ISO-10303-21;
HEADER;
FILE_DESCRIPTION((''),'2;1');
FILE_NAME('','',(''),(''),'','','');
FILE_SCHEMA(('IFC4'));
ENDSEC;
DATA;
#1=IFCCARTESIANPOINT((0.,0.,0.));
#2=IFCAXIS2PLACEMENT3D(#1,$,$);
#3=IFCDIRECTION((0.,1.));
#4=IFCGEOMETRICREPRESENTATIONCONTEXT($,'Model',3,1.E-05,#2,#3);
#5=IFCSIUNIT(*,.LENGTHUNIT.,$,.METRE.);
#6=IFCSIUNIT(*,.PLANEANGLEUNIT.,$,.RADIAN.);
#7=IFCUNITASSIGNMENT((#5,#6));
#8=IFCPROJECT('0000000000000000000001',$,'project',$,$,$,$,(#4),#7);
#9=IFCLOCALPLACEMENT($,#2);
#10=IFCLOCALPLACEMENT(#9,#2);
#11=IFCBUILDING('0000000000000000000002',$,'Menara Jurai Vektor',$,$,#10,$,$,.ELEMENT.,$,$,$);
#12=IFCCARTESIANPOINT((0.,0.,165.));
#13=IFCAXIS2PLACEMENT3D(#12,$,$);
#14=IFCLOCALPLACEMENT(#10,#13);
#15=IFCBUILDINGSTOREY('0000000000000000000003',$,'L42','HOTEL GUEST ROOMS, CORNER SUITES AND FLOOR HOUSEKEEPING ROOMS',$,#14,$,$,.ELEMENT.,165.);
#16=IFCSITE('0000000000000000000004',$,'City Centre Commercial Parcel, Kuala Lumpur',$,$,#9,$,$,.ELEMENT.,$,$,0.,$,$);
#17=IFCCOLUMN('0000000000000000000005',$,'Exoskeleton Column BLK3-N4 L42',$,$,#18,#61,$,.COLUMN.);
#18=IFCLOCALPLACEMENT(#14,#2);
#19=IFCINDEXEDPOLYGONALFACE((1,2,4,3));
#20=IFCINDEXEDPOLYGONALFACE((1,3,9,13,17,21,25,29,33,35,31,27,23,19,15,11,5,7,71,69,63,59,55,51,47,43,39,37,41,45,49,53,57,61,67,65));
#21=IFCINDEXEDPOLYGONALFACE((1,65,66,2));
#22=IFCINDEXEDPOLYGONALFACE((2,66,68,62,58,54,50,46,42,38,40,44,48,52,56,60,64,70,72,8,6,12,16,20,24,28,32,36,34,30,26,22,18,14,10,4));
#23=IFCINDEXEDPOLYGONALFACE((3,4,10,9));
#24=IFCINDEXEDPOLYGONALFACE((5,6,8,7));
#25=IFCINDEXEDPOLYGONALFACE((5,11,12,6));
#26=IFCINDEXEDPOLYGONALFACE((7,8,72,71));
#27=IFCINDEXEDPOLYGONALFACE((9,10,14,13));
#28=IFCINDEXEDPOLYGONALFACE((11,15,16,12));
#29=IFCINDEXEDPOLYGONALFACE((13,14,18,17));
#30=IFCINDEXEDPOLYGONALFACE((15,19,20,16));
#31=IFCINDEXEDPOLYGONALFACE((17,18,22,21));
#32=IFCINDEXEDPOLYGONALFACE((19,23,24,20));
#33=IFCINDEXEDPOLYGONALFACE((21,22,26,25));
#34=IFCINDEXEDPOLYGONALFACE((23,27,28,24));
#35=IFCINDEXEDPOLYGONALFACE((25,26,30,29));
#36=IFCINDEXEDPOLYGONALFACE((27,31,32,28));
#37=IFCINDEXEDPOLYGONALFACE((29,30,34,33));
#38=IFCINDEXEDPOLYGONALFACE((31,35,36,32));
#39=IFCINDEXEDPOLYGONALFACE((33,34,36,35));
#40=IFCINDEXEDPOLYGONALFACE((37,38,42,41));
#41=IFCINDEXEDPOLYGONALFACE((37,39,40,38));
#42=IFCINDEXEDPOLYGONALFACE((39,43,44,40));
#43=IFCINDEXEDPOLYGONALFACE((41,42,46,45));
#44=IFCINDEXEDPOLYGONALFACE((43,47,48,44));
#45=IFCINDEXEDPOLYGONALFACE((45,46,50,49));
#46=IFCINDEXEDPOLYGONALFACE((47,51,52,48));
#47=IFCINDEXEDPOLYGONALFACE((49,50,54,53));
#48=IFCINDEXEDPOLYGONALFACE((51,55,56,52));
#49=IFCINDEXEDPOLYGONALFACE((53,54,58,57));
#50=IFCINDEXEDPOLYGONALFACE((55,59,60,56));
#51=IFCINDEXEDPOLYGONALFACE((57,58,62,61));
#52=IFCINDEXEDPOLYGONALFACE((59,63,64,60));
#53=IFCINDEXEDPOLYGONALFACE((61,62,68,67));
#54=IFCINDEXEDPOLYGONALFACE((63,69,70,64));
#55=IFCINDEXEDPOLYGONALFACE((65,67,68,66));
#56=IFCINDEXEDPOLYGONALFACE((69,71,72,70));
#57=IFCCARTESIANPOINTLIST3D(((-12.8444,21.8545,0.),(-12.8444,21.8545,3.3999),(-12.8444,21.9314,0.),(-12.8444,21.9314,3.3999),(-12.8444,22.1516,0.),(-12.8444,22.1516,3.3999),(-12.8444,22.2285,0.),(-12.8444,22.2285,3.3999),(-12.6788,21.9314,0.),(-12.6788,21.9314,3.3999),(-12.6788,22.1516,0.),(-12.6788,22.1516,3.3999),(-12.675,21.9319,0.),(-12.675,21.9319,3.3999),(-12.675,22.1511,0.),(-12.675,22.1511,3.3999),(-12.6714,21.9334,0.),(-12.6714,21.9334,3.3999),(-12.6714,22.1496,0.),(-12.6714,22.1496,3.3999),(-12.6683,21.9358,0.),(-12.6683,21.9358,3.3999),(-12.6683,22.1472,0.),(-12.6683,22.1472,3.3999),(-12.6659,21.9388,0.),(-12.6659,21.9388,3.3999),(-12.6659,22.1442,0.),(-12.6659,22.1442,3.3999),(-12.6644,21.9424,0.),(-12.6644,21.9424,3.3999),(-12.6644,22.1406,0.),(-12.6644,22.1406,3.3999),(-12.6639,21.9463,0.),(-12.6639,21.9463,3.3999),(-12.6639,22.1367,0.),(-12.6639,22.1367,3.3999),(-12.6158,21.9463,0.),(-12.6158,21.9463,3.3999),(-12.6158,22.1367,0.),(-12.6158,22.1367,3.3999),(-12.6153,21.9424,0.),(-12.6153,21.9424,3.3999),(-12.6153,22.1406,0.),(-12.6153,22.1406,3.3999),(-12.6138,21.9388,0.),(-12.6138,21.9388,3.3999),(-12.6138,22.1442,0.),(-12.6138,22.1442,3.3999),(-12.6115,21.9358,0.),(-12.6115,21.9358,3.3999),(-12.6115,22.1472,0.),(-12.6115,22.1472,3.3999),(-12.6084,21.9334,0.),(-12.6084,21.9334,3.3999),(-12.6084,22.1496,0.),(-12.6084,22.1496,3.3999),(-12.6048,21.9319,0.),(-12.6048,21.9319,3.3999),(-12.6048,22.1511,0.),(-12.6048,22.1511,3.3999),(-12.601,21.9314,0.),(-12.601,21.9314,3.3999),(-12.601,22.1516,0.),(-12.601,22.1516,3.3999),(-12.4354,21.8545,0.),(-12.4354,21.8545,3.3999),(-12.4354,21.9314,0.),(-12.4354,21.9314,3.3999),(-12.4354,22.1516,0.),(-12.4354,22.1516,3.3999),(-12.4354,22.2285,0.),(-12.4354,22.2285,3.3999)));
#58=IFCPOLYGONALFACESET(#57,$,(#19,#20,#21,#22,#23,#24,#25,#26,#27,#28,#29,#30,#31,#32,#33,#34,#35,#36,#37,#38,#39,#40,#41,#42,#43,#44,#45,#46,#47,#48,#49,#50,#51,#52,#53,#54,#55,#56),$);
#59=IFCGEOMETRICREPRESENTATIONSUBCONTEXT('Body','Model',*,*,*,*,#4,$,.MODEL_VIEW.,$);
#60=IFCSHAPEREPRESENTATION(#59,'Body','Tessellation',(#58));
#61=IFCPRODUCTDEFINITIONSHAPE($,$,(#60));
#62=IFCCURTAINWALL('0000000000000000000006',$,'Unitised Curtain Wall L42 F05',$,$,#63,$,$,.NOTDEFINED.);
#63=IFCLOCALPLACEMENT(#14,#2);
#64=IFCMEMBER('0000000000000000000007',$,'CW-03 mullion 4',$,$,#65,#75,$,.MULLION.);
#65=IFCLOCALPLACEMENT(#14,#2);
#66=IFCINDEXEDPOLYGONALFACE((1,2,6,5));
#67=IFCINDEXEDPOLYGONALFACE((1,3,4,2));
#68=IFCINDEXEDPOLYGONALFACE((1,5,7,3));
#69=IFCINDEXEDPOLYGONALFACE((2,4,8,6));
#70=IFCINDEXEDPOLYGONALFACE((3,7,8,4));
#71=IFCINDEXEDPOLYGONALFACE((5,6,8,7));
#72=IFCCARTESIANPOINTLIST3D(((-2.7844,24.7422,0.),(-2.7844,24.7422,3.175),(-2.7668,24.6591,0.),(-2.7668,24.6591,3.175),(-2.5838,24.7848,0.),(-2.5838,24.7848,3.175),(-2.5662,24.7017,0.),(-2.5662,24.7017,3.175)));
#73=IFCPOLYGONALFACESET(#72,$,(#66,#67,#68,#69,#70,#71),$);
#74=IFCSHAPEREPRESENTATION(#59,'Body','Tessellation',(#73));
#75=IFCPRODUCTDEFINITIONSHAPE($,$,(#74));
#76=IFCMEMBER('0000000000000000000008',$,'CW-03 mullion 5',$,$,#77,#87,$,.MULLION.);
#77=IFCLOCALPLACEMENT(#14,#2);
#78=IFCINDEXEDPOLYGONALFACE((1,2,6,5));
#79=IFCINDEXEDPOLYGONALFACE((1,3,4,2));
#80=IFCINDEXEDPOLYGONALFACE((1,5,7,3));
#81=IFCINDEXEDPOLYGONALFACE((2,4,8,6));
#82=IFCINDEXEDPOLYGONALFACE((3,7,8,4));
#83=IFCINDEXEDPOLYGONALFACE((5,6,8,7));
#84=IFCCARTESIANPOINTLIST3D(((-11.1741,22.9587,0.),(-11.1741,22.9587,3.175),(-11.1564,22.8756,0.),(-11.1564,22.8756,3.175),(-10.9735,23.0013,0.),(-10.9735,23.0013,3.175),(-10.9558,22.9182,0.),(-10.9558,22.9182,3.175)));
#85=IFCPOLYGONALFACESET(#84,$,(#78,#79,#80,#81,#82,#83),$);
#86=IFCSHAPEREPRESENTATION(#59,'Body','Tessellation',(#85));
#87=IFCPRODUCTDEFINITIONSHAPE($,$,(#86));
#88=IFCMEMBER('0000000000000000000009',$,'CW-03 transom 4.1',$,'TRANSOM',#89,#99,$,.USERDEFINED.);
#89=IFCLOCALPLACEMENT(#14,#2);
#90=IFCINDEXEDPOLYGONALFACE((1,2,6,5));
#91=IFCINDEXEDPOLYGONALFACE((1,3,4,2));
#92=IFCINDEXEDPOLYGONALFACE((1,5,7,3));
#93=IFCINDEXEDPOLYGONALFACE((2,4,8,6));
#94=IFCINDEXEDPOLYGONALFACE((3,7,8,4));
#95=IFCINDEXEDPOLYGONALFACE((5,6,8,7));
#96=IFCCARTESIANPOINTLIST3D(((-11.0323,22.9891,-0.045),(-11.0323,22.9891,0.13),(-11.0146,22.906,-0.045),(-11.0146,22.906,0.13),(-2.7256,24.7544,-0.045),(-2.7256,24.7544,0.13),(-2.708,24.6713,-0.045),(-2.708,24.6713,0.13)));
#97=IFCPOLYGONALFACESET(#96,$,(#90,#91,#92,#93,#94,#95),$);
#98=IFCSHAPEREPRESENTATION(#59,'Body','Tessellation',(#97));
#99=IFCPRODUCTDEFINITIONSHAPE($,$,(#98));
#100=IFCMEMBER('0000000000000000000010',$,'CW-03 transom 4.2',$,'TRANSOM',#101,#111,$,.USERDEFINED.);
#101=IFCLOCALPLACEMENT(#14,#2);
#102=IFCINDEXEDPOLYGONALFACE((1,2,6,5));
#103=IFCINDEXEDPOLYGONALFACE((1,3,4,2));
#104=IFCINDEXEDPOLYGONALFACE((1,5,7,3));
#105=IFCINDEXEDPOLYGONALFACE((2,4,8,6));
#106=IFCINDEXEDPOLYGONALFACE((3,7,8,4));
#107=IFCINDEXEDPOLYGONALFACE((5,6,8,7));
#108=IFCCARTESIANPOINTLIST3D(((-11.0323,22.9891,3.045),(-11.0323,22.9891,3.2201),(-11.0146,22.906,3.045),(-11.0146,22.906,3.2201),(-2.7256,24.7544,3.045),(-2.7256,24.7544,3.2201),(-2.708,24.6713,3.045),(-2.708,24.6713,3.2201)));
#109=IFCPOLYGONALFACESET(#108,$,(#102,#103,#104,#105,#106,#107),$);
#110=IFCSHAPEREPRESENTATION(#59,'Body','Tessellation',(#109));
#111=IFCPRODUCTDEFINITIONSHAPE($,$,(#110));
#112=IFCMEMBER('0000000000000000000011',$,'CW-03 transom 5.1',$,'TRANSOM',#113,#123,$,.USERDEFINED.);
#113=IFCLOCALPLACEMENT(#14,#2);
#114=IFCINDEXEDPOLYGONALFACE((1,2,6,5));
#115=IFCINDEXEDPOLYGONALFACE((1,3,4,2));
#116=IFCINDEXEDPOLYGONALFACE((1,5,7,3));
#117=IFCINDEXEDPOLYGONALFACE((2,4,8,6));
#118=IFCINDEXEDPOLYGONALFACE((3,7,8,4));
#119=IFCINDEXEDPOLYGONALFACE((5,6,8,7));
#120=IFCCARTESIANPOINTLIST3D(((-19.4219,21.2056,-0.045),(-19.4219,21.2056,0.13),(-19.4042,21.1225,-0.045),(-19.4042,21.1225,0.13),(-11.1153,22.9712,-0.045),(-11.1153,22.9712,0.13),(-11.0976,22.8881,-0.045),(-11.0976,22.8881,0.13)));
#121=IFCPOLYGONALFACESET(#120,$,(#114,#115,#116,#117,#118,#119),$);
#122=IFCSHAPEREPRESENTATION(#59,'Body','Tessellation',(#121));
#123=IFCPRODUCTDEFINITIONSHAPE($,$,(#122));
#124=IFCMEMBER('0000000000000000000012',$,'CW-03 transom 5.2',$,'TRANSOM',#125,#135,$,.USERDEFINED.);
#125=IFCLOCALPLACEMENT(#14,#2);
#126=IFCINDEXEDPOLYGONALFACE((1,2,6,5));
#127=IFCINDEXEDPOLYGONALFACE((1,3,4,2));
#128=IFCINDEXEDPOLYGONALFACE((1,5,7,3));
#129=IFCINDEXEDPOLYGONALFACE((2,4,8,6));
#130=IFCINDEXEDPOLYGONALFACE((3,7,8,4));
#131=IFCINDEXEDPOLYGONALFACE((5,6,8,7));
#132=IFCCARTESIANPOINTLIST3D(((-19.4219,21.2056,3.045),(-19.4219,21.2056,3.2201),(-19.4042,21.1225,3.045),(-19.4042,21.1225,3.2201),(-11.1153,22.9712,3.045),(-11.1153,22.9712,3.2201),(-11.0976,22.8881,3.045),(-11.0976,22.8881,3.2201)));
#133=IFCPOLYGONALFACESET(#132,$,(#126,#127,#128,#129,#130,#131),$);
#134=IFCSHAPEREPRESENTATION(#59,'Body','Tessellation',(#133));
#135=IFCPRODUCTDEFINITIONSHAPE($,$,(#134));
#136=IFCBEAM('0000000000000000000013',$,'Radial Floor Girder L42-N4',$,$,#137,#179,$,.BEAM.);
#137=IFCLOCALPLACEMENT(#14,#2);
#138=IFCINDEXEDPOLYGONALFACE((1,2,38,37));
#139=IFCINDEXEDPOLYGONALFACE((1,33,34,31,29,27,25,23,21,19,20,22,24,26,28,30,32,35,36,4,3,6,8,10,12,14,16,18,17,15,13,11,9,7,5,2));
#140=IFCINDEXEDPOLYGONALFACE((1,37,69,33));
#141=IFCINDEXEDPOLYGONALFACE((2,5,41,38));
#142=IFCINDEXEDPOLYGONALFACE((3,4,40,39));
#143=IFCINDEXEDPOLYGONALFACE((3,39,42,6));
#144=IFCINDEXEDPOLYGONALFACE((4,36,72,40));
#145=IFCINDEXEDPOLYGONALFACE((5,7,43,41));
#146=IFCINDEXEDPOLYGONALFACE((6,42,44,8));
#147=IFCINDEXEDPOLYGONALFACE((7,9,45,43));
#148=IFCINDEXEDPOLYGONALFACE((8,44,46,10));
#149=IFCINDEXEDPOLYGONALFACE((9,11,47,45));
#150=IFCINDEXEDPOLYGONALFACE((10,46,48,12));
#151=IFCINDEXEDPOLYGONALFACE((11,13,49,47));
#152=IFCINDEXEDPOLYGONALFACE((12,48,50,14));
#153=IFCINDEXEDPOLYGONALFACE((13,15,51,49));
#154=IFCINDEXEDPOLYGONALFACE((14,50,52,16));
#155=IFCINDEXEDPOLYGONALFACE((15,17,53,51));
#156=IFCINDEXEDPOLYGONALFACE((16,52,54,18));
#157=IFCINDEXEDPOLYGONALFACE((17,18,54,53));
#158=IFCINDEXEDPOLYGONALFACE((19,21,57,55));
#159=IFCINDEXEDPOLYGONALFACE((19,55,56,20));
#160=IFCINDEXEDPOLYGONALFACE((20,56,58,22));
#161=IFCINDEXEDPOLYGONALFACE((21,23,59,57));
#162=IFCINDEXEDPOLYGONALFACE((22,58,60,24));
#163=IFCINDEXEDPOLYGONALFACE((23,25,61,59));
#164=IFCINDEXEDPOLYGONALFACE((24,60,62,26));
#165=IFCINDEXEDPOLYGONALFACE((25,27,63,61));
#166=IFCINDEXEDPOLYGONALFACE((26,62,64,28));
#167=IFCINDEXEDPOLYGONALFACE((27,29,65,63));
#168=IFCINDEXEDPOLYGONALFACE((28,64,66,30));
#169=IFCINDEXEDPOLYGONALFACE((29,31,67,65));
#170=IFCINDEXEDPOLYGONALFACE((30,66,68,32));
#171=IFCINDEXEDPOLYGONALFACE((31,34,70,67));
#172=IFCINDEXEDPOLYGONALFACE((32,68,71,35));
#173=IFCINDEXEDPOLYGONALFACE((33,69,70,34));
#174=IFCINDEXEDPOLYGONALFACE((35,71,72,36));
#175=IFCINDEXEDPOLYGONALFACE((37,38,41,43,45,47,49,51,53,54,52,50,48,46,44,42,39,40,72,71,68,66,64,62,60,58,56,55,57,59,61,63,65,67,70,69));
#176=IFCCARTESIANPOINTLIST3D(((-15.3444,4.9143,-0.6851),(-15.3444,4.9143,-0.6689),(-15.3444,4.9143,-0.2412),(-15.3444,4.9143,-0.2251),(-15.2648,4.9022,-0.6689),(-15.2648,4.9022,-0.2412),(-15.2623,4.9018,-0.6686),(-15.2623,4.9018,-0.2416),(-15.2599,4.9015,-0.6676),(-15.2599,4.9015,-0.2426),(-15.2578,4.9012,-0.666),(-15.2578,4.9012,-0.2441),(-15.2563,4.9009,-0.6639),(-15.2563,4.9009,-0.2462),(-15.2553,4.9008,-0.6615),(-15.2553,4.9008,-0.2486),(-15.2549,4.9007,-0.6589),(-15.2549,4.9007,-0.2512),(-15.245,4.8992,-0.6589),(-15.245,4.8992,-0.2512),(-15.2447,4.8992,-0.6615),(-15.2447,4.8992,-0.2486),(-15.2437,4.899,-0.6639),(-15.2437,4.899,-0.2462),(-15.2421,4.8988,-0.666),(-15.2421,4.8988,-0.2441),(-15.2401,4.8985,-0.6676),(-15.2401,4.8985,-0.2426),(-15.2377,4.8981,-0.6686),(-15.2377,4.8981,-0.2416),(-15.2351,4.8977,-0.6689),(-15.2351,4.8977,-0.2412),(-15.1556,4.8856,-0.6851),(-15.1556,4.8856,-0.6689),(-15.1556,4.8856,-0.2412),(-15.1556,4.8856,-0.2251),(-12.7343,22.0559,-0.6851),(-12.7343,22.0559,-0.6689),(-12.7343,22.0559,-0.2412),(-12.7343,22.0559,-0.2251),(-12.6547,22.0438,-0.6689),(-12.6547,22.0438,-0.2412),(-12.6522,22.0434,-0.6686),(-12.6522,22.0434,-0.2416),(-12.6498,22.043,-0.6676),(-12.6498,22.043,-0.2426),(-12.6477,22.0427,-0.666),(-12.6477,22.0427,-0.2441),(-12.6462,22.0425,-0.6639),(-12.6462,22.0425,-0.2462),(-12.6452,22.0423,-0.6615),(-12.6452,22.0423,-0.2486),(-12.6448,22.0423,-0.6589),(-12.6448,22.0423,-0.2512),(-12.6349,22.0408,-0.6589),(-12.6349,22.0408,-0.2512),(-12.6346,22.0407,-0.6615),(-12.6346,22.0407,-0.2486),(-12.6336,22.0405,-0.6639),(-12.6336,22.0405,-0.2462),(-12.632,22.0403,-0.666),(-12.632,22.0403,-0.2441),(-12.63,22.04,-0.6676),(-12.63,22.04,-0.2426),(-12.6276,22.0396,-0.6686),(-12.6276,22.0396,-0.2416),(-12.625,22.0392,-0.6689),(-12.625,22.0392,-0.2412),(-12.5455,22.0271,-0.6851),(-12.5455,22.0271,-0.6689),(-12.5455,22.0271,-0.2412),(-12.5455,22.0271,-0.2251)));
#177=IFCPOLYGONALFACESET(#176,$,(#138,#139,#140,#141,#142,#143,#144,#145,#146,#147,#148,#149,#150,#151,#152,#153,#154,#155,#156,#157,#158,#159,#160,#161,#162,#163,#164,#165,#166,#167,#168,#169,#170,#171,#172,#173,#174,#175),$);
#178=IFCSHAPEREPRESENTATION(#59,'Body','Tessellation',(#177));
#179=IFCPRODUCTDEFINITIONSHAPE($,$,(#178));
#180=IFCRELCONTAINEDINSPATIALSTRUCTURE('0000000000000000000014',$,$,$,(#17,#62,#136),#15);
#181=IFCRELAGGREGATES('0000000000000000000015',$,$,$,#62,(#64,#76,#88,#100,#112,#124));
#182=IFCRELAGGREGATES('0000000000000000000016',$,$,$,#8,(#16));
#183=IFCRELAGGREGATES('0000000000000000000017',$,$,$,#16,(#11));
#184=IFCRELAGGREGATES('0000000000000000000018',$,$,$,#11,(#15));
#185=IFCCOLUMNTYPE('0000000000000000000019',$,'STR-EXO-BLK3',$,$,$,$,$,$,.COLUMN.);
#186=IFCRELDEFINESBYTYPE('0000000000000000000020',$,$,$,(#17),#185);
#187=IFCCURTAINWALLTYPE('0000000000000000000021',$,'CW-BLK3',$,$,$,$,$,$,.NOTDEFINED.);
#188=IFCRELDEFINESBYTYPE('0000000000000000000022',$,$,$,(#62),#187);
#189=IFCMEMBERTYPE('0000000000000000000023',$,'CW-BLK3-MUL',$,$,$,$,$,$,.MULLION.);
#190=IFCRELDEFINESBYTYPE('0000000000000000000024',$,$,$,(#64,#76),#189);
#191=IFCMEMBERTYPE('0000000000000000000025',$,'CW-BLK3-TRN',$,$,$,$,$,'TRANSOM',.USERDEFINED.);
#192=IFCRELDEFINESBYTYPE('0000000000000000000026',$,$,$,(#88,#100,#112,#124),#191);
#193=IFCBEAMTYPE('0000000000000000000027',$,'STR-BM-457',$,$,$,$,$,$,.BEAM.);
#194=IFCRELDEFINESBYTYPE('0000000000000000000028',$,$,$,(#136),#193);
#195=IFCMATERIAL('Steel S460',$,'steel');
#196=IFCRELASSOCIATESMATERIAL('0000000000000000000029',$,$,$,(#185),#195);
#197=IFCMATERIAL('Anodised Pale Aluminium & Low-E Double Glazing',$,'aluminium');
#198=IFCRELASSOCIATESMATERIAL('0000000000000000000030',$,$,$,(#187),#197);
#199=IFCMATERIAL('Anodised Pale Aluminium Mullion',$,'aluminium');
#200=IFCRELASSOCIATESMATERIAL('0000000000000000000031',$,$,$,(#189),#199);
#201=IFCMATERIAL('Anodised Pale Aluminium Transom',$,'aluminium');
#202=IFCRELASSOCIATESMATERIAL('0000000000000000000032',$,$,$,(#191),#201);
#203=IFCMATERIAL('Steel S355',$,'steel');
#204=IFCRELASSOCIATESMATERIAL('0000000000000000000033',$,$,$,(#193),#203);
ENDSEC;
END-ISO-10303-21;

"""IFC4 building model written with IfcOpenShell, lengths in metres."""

from ifc_helpers import new_model, si_unit, direction, frame, origin, origin_2d, place, context, subcontext, project, spatial, rectangle, i_section, extrude, material, material_profile, profile_set, type_object, element, aggregate, save


model = new_model("IFC4")

# Units and contexts
model_context = context("Model", 3, precision=1e-05, world=origin(), true_north=direction((0.0, 1.0)))
body_context = subcontext(model_context, "Body", "Model", "MODEL_VIEW")
ifc_project = project(units=[si_unit("LENGTHUNIT", "METRE"), si_unit("PLANEANGLEUNIT", "RADIAN")], contexts=[model_context])

# Site, building, storey
site_placement = place(None, origin())
site = spatial("IfcSite", under=ifc_project, at=site_placement, Name="City Centre Commercial Parcel, Kuala Lumpur", CompositionType="ELEMENT", RefElevation=0.0)
building_placement = place(site_placement, origin())
building = spatial("IfcBuilding", under=site, at=building_placement, Name="Menara Jurai Vektor", CompositionType="ELEMENT")
storey_placement = place(building_placement, frame((0.0, 0.0, 165.0)))
storey = spatial("IfcBuildingStorey", under=building, at=storey_placement, Name="L42", Description="HOTEL GUEST ROOMS, CORNER SUITES AND FLOOR HOUSEKEEPING ROOMS", CompositionType="ELEMENT", Elevation=165.0)

# Column
ifc_material_1 = material(Name="Steel S460", Category="steel")
ifc_material_profile_1 = material_profile(ifc_material_1, i_section(OverallWidth=0.4089, OverallDepth=0.374, WebThickness=0.0481, FlangeThickness=0.0769, FilletRadius=0.0149, at=origin_2d()), Name="HD 400x634")
ifc_profile_set_1 = profile_set([ifc_material_profile_1], Name="Steel S460")
column_type = type_object("IfcColumnType", Name="STR-EXO-BLK3", PredefinedType="COLUMN", material=ifc_profile_set_1)
column_placement = place(storey_placement, frame((-12.6399, 22.0415, 0.0), z_axis=(0.0, 0.0, 1.0), x_axis=(1.0, 0.0, 0.0)))
element("IfcColumn", 1, at=column_placement, inside=storey, type_object=column_type, Name="Exoskeleton Column BLK3-N4 L42", PredefinedType="COLUMN", context=body_context, shape_type="SweptSolid", body=[
    extrude(i_section(OverallWidth=0.4089, OverallDepth=0.374, WebThickness=0.0481, FlangeThickness=0.0769, FilletRadius=0.0149, at=origin_2d()), origin(), (0.0, 0.0, 1.0), 3.3999),
])

# Curtain wall, members
ifc_material_2 = material(Name="Anodised Pale Aluminium & Low-E Double Glazing", Category="aluminium")
curtain_wall_type = type_object("IfcCurtainWallType", Name="CW-BLK3", PredefinedType="NOTDEFINED", material=ifc_material_2)
curtain_wall_placement = place(storey_placement, origin())
curtain_wall = element("IfcCurtainWall", 2, at=curtain_wall_placement, inside=storey, type_object=curtain_wall_type, Name="Unitised Curtain Wall L42 F05", PredefinedType="NOTDEFINED")
ifc_material_3 = material(Name="Anodised Pale Aluminium Mullion", Category="aluminium")
ifc_material_profile_2 = material_profile(ifc_material_3, rectangle(XDim=0.085, YDim=0.2051, at=origin_2d()), Name="ALU MUL 85x205")
ifc_profile_set_2 = profile_set([ifc_material_profile_2], Name="Anodised Pale Aluminium Mullion")
member_type_1 = type_object("IfcMemberType", Name="CW-BLK3-MUL", PredefinedType="MULLION", material=ifc_profile_set_2)
member_1_placement = place(storey_placement, frame((-2.6753, 24.7219, 0.0), z_axis=(0.0, 0.0, 1.0), x_axis=(0.207911, -0.978148, 0.0)))
member_1 = element("IfcMember", 3, at=member_1_placement, type_object=member_type_1, Name="CW-03 mullion 4", PredefinedType="MULLION", context=body_context, shape_type="SweptSolid", body=[
    extrude(rectangle(XDim=0.085, YDim=0.2051, at=origin_2d()), origin(), (0.0, 0.0, 1.0), 3.175),
])
member_2_placement = place(storey_placement, frame((-11.0649, 22.9385, 0.0), z_axis=(0.0, 0.0, 1.0), x_axis=(0.207911, -0.978148, 0.0)))
member_2 = element("IfcMember", 4, at=member_2_placement, type_object=member_type_1, Name="CW-03 mullion 5", PredefinedType="MULLION", context=body_context, shape_type="SweptSolid", body=[
    extrude(rectangle(XDim=0.085, YDim=0.2051, at=origin_2d()), origin(), (0.0, 0.0, 1.0), 3.175),
])
ifc_material_4 = material(Name="Anodised Pale Aluminium Transom", Category="aluminium")
ifc_material_profile_3 = material_profile(ifc_material_4, rectangle(XDim=0.085, YDim=0.175, at=origin_2d()), Name="ALU TRN 85x175")
ifc_profile_set_3 = profile_set([ifc_material_profile_3], Name="Anodised Pale Aluminium Transom")
member_type_2 = type_object("IfcMemberType", Name="CW-BLK3-TRN", ElementType="TRANSOM", PredefinedType="USERDEFINED", material=ifc_profile_set_3)
member_3_placement = place(storey_placement, frame((-2.7168, 24.7129, 0.0425), z_axis=(-0.978154, -0.207884, 0.0), x_axis=(0.207884, -0.978154, 0.0)))
member_3 = element("IfcMember", 5, at=member_3_placement, type_object=member_type_2, Name="CW-03 transom 4.1", ObjectType="TRANSOM", PredefinedType="USERDEFINED", context=body_context, shape_type="SweptSolid", body=[
    extrude(rectangle(XDim=0.085, YDim=0.175, at=origin_2d()), origin(), (0.0, 0.0, 1.0), 8.4922),
])
member_4_placement = place(storey_placement, frame((-2.7168, 24.7129, 3.1326), z_axis=(-0.978154, -0.207884, 0.0), x_axis=(0.207884, -0.978154, 0.0)))
member_4 = element("IfcMember", 6, at=member_4_placement, type_object=member_type_2, Name="CW-03 transom 4.2", ObjectType="TRANSOM", PredefinedType="USERDEFINED", context=body_context, shape_type="SweptSolid", body=[
    extrude(rectangle(XDim=0.085, YDim=0.175, at=origin_2d()), origin(), (0.0, 0.0, 1.0), 8.4922),
])
member_5_placement = place(storey_placement, frame((-11.1064, 22.9297, 0.0425), z_axis=(-0.978148, -0.207911, 0.0), x_axis=(0.207911, -0.978148, 0.0)))
member_5 = element("IfcMember", 7, at=member_5_placement, type_object=member_type_2, Name="CW-03 transom 5.1", ObjectType="TRANSOM", PredefinedType="USERDEFINED", context=body_context, shape_type="SweptSolid", body=[
    extrude(rectangle(XDim=0.085, YDim=0.175, at=origin_2d()), origin(), (0.0, 0.0, 1.0), 8.4922),
])
member_6_placement = place(storey_placement, frame((-11.1064, 22.9297, 3.1326), z_axis=(-0.978148, -0.207911, 0.0), x_axis=(0.207911, -0.978148, 0.0)))
member_6 = element("IfcMember", 8, at=member_6_placement, type_object=member_type_2, Name="CW-03 transom 5.2", ObjectType="TRANSOM", PredefinedType="USERDEFINED", context=body_context, shape_type="SweptSolid", body=[
    extrude(rectangle(XDim=0.085, YDim=0.175, at=origin_2d()), origin(), (0.0, 0.0, 1.0), 8.4922),
])

# Beam
ifc_material_5 = material(Name="Steel S355", Category="steel")
ifc_material_profile_4 = material_profile(ifc_material_5, i_section(OverallWidth=0.1909, OverallDepth=0.46, WebThickness=0.01, FlangeThickness=0.0161, FilletRadius=0.01, at=origin_2d()), Name="UKB 457x191x82")
ifc_profile_set_4 = profile_set([ifc_material_profile_4], Name="Steel S355")
beam_type_1 = type_object("IfcBeamType", Name="STR-BM-457", PredefinedType="BEAM", material=ifc_profile_set_4)
beam_1_placement = place(storey_placement, frame((-12.6399, 22.0415, -0.4551), z_axis=(-0.150532, -0.988605, 0.0), x_axis=(0.988605, -0.150532, 0.0)))
element("IfcBeam", 9, at=beam_1_placement, inside=storey, type_object=beam_type_1, Name="Radial Floor Girder L42-N4", PredefinedType="BEAM", context=body_context, shape_type="SweptSolid", body=[
    extrude(i_section(OverallWidth=0.1909, OverallDepth=0.46, WebThickness=0.01, FlangeThickness=0.0161, FilletRadius=0.01, at=origin_2d()), origin(), (0.0, 0.0, 1.0), 17.3391),
])

aggregate(curtain_wall, [member_1, member_2, member_3, member_4, member_5, member_6])

save(model, "model.ifc")
